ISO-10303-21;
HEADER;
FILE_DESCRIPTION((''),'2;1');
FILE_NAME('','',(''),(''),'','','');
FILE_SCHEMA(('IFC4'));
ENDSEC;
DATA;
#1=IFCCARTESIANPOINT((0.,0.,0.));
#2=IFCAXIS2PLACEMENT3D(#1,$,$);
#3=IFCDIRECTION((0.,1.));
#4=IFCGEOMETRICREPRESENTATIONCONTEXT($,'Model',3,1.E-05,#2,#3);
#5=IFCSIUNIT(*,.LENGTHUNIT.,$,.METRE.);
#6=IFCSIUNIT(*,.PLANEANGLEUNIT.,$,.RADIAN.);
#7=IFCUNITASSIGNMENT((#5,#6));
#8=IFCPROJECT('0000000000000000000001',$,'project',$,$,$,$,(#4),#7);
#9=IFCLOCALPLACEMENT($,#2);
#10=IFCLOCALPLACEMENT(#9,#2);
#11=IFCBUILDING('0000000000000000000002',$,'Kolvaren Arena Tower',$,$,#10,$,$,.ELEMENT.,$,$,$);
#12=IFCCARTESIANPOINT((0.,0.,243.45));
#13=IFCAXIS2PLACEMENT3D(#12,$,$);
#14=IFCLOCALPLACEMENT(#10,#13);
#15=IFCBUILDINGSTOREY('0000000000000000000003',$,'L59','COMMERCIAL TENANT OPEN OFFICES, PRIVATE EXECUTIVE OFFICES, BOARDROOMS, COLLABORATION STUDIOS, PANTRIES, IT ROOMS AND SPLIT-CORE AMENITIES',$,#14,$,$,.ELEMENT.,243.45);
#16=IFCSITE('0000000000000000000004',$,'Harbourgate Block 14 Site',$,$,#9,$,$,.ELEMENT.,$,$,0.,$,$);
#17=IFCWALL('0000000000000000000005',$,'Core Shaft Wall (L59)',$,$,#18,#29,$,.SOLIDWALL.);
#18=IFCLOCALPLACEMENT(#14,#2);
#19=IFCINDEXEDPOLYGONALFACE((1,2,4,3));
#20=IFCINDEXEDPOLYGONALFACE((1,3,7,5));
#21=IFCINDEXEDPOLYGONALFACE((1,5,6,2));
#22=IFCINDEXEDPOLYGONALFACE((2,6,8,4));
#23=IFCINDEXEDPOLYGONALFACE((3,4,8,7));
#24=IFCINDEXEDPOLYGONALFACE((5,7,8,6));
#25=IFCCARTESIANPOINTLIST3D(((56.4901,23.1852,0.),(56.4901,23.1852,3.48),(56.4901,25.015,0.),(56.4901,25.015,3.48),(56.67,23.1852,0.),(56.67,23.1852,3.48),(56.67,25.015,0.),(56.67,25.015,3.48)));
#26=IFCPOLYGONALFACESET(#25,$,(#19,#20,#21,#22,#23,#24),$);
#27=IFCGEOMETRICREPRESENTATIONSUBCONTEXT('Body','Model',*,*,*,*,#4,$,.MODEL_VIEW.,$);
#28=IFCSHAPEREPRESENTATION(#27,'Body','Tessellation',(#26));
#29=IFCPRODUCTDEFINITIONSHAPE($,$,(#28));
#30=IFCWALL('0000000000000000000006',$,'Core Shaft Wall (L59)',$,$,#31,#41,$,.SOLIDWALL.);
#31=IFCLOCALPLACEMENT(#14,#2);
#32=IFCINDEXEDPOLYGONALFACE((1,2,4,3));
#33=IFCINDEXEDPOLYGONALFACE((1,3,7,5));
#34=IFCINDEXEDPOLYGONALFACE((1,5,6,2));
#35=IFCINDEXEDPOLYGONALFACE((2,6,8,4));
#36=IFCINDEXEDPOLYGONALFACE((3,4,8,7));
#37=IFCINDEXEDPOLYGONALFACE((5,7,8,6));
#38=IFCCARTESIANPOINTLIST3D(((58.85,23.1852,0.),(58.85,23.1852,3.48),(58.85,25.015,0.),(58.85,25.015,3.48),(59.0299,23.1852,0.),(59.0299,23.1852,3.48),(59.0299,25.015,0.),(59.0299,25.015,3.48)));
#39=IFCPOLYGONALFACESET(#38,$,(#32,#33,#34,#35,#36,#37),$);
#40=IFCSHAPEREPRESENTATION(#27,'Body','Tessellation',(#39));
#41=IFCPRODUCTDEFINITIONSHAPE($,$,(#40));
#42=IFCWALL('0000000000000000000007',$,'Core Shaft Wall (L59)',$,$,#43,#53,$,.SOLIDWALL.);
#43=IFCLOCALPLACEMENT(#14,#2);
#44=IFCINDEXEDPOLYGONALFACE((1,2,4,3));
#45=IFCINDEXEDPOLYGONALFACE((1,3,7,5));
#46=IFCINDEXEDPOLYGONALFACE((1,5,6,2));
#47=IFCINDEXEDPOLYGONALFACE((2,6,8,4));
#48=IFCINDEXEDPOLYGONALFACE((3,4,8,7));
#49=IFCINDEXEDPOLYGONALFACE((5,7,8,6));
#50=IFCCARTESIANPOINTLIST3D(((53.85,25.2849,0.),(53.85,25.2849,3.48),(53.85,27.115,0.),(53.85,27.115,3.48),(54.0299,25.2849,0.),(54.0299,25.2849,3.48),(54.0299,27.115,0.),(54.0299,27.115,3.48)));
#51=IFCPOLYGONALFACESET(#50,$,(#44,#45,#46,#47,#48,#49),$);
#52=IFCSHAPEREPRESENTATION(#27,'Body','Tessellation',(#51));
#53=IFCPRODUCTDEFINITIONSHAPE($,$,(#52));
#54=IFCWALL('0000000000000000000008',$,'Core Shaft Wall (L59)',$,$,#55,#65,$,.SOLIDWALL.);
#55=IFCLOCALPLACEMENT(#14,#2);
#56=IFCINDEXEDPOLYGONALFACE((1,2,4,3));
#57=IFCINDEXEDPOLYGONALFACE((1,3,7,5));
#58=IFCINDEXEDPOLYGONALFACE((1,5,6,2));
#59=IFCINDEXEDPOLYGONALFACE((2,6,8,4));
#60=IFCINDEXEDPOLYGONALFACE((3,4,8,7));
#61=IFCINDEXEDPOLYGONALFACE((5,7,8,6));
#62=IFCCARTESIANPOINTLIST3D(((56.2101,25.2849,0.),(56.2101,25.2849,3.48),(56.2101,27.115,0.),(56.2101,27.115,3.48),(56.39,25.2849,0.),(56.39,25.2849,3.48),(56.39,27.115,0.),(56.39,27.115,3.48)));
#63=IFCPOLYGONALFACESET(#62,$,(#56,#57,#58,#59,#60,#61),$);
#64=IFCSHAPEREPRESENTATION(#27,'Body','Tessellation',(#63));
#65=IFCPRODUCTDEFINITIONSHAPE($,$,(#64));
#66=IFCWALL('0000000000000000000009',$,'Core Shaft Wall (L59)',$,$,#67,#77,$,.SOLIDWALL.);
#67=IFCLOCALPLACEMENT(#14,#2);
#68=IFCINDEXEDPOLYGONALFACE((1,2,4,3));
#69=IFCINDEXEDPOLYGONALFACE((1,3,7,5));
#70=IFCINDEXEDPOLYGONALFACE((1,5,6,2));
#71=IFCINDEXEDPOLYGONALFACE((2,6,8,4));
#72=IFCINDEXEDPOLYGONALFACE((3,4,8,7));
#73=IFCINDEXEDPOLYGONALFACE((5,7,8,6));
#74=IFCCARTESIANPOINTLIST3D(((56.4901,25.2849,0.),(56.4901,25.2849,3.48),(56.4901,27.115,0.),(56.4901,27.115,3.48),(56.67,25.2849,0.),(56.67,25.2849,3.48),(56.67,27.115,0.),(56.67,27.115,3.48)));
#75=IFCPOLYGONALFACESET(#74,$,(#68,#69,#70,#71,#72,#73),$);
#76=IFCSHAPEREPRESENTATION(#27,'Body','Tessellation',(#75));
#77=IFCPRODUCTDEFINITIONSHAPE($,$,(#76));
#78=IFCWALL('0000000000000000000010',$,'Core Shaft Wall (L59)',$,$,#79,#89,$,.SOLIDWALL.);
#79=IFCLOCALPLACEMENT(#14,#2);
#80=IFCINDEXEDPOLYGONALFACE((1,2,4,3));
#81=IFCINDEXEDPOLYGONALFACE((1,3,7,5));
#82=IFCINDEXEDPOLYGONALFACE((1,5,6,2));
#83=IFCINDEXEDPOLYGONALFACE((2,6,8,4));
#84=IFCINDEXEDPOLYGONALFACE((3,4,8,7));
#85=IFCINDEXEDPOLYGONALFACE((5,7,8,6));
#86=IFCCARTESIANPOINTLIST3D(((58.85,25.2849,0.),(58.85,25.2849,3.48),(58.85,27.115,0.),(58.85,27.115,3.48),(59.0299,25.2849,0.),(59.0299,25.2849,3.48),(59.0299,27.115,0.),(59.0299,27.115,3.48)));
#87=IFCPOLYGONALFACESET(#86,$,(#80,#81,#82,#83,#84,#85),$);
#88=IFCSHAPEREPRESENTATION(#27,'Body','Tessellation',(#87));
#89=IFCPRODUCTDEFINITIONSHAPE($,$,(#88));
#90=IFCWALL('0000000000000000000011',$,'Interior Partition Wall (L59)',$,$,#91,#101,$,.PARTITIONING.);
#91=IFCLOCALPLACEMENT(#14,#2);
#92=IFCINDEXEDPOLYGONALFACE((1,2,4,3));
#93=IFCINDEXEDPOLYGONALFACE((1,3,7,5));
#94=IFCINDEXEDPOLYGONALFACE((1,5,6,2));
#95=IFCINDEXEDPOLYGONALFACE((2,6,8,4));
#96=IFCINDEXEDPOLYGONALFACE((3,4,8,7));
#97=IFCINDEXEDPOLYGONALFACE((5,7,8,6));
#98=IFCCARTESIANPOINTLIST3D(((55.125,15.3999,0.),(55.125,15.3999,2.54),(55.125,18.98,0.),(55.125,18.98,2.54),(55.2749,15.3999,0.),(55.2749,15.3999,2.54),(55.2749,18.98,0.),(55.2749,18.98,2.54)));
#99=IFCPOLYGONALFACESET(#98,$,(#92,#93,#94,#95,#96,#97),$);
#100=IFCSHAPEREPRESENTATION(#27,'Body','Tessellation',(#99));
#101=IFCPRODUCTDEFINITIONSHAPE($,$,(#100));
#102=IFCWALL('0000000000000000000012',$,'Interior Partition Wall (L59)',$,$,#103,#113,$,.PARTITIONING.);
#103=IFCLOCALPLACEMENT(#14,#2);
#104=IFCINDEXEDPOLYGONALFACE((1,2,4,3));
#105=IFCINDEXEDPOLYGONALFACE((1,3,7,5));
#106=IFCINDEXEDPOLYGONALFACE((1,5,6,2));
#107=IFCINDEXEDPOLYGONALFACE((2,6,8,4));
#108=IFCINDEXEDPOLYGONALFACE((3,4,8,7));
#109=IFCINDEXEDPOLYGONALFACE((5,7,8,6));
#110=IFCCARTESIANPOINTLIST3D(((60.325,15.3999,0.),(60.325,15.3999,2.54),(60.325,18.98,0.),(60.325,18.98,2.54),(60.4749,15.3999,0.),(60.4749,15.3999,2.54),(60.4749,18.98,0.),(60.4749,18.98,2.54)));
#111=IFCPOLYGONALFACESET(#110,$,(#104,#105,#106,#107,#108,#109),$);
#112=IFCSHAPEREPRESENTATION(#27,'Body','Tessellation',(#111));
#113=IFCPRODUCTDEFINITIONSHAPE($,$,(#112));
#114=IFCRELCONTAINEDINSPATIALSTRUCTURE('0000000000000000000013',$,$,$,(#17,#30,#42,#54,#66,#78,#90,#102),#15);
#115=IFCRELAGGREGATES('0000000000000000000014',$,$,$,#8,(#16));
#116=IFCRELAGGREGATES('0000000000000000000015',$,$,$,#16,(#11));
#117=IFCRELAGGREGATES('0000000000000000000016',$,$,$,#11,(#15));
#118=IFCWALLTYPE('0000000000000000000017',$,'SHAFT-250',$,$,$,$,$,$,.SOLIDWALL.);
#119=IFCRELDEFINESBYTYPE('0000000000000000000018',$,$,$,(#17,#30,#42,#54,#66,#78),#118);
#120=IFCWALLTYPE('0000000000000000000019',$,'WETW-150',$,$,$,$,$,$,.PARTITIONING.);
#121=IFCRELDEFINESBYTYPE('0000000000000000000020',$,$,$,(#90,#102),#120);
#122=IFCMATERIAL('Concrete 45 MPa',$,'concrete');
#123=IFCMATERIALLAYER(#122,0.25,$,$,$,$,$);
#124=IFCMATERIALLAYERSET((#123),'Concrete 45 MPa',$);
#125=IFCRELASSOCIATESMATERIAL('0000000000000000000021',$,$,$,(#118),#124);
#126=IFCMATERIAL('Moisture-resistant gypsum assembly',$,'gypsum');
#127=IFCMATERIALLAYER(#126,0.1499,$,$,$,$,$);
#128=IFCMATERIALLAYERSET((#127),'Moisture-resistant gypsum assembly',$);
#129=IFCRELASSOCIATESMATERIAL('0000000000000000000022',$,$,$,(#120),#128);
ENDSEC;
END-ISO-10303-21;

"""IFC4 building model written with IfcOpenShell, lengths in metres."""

from ifc_helpers import new_model, si_unit, direction, frame, frame_2d, origin, place, context, subcontext, project, spatial, rectangle, extrude, material, layer, layer_set, type_object, element, save


model = new_model("IFC4")

# Units and contexts
model_context = context("Model", 3, precision=1e-05, world=origin(), true_north=direction((0.0, 1.0)))
body_context = subcontext(model_context, "Body", "Model", "MODEL_VIEW")
ifc_project = project(units=[si_unit("LENGTHUNIT", "METRE"), si_unit("PLANEANGLEUNIT", "RADIAN")], contexts=[model_context])

# Site, building, storey
site_placement = place(None, origin())
site = spatial("IfcSite", under=ifc_project, at=site_placement, Name="Harbourgate Block 14 Site", CompositionType="ELEMENT", RefElevation=0.0)
building_placement = place(site_placement, origin())
building = spatial("IfcBuilding", under=site, at=building_placement, Name="Kolvaren Arena Tower", CompositionType="ELEMENT")
storey_placement = place(building_placement, frame((0.0, 0.0, 243.45)))
storey = spatial("IfcBuildingStorey", under=building, at=storey_placement, Name="L59", Description="COMMERCIAL TENANT OPEN OFFICES, PRIVATE EXECUTIVE OFFICES, BOARDROOMS, COLLABORATION STUDIOS, PANTRIES, IT ROOMS AND SPLIT-CORE AMENITIES", CompositionType="ELEMENT", Elevation=243.45)

# Shared definitions
ifc_material_1 = material(Name="Concrete 45 MPa", Category="concrete")
ifc_layer_1 = layer(ifc_material_1, 0.25)
ifc_layer_set_1 = layer_set([ifc_layer_1], Name="Concrete 45 MPa")
wall_type_1 = type_object("IfcWallType", Name="SHAFT-250", PredefinedType="SOLIDWALL", material=ifc_layer_set_1)

# Walls
for number, where, z_axis, x_axis, name in (
    (1, (56.5801, 23.1851, 0.0), (0.0, 0.0, 1.0), (0.0, 1.0, 0.0), "Core Shaft Wall (L59)"),
    (2, (58.9399, 23.1851, 0.0), (0.0, 0.0, 1.0), (0.0, 1.0, 0.0), "Core Shaft Wall (L59)"),
):
    element("IfcWall", number, at=place(storey_placement, frame(where, z_axis=z_axis, x_axis=x_axis)), inside=storey, type_object=wall_type_1, Name=name, PredefinedType="SOLIDWALL", context=body_context, shape_type="SweptSolid", body=[
        extrude(rectangle(XDim=1.8298, YDim=0.1799, at=frame_2d((0.915, 0.0))), origin(), (0.0, 0.0, 1.0), 3.48),
    ])
for number, where, z_axis, x_axis, name in (
    (3, (53.9399, 25.2849, 0.0), (0.0, 0.0, 1.0), (0.0, 1.0, 0.0), "Core Shaft Wall (L59)"),
    (4, (56.3, 25.2849, 0.0), (0.0, 0.0, 1.0), (0.0, 1.0, 0.0), "Core Shaft Wall (L59)"),
    (5, (56.5801, 25.2849, 0.0), (0.0, 0.0, 1.0), (0.0, 1.0, 0.0), "Core Shaft Wall (L59)"),
    (6, (58.9399, 25.2849, 0.0), (0.0, 0.0, 1.0), (0.0, 1.0, 0.0), "Core Shaft Wall (L59)"),
):
    element("IfcWall", number, at=place(storey_placement, frame(where, z_axis=z_axis, x_axis=x_axis)), inside=storey, type_object=wall_type_1, Name=name, PredefinedType="SOLIDWALL", context=body_context, shape_type="SweptSolid", body=[
        extrude(rectangle(XDim=1.8301, YDim=0.1799, at=frame_2d((0.915, 0.0))), origin(), (0.0, 0.0, 1.0), 3.48),
    ])
ifc_material_2 = material(Name="Moisture-resistant gypsum assembly", Category="gypsum")
ifc_layer_2 = layer(ifc_material_2, 0.1499)
ifc_layer_set_2 = layer_set([ifc_layer_2], Name="Moisture-resistant gypsum assembly")
wall_type_2 = type_object("IfcWallType", Name="WETW-150", PredefinedType="PARTITIONING", material=ifc_layer_set_2)
for number, where, z_axis, x_axis, name in (
    (7, (55.2, 15.3999, 0.0), (0.0, 0.0, 1.0), (0.0, 1.0, 0.0), "Interior Partition Wall (L59)"),
    (8, (60.3999, 15.3999, 0.0), (0.0, 0.0, 1.0), (0.0, 1.0, 0.0), "Interior Partition Wall (L59)"),
):
    element("IfcWall", number, at=place(storey_placement, frame(where, z_axis=z_axis, x_axis=x_axis)), inside=storey, type_object=wall_type_2, Name=name, PredefinedType="PARTITIONING", context=body_context, shape_type="SweptSolid", body=[
        extrude(rectangle(XDim=3.5801, YDim=0.1499, at=frame_2d((1.79, 0.0))), origin(), (0.0, 0.0, 1.0), 2.54),
    ])

save(model, "model.ifc")
